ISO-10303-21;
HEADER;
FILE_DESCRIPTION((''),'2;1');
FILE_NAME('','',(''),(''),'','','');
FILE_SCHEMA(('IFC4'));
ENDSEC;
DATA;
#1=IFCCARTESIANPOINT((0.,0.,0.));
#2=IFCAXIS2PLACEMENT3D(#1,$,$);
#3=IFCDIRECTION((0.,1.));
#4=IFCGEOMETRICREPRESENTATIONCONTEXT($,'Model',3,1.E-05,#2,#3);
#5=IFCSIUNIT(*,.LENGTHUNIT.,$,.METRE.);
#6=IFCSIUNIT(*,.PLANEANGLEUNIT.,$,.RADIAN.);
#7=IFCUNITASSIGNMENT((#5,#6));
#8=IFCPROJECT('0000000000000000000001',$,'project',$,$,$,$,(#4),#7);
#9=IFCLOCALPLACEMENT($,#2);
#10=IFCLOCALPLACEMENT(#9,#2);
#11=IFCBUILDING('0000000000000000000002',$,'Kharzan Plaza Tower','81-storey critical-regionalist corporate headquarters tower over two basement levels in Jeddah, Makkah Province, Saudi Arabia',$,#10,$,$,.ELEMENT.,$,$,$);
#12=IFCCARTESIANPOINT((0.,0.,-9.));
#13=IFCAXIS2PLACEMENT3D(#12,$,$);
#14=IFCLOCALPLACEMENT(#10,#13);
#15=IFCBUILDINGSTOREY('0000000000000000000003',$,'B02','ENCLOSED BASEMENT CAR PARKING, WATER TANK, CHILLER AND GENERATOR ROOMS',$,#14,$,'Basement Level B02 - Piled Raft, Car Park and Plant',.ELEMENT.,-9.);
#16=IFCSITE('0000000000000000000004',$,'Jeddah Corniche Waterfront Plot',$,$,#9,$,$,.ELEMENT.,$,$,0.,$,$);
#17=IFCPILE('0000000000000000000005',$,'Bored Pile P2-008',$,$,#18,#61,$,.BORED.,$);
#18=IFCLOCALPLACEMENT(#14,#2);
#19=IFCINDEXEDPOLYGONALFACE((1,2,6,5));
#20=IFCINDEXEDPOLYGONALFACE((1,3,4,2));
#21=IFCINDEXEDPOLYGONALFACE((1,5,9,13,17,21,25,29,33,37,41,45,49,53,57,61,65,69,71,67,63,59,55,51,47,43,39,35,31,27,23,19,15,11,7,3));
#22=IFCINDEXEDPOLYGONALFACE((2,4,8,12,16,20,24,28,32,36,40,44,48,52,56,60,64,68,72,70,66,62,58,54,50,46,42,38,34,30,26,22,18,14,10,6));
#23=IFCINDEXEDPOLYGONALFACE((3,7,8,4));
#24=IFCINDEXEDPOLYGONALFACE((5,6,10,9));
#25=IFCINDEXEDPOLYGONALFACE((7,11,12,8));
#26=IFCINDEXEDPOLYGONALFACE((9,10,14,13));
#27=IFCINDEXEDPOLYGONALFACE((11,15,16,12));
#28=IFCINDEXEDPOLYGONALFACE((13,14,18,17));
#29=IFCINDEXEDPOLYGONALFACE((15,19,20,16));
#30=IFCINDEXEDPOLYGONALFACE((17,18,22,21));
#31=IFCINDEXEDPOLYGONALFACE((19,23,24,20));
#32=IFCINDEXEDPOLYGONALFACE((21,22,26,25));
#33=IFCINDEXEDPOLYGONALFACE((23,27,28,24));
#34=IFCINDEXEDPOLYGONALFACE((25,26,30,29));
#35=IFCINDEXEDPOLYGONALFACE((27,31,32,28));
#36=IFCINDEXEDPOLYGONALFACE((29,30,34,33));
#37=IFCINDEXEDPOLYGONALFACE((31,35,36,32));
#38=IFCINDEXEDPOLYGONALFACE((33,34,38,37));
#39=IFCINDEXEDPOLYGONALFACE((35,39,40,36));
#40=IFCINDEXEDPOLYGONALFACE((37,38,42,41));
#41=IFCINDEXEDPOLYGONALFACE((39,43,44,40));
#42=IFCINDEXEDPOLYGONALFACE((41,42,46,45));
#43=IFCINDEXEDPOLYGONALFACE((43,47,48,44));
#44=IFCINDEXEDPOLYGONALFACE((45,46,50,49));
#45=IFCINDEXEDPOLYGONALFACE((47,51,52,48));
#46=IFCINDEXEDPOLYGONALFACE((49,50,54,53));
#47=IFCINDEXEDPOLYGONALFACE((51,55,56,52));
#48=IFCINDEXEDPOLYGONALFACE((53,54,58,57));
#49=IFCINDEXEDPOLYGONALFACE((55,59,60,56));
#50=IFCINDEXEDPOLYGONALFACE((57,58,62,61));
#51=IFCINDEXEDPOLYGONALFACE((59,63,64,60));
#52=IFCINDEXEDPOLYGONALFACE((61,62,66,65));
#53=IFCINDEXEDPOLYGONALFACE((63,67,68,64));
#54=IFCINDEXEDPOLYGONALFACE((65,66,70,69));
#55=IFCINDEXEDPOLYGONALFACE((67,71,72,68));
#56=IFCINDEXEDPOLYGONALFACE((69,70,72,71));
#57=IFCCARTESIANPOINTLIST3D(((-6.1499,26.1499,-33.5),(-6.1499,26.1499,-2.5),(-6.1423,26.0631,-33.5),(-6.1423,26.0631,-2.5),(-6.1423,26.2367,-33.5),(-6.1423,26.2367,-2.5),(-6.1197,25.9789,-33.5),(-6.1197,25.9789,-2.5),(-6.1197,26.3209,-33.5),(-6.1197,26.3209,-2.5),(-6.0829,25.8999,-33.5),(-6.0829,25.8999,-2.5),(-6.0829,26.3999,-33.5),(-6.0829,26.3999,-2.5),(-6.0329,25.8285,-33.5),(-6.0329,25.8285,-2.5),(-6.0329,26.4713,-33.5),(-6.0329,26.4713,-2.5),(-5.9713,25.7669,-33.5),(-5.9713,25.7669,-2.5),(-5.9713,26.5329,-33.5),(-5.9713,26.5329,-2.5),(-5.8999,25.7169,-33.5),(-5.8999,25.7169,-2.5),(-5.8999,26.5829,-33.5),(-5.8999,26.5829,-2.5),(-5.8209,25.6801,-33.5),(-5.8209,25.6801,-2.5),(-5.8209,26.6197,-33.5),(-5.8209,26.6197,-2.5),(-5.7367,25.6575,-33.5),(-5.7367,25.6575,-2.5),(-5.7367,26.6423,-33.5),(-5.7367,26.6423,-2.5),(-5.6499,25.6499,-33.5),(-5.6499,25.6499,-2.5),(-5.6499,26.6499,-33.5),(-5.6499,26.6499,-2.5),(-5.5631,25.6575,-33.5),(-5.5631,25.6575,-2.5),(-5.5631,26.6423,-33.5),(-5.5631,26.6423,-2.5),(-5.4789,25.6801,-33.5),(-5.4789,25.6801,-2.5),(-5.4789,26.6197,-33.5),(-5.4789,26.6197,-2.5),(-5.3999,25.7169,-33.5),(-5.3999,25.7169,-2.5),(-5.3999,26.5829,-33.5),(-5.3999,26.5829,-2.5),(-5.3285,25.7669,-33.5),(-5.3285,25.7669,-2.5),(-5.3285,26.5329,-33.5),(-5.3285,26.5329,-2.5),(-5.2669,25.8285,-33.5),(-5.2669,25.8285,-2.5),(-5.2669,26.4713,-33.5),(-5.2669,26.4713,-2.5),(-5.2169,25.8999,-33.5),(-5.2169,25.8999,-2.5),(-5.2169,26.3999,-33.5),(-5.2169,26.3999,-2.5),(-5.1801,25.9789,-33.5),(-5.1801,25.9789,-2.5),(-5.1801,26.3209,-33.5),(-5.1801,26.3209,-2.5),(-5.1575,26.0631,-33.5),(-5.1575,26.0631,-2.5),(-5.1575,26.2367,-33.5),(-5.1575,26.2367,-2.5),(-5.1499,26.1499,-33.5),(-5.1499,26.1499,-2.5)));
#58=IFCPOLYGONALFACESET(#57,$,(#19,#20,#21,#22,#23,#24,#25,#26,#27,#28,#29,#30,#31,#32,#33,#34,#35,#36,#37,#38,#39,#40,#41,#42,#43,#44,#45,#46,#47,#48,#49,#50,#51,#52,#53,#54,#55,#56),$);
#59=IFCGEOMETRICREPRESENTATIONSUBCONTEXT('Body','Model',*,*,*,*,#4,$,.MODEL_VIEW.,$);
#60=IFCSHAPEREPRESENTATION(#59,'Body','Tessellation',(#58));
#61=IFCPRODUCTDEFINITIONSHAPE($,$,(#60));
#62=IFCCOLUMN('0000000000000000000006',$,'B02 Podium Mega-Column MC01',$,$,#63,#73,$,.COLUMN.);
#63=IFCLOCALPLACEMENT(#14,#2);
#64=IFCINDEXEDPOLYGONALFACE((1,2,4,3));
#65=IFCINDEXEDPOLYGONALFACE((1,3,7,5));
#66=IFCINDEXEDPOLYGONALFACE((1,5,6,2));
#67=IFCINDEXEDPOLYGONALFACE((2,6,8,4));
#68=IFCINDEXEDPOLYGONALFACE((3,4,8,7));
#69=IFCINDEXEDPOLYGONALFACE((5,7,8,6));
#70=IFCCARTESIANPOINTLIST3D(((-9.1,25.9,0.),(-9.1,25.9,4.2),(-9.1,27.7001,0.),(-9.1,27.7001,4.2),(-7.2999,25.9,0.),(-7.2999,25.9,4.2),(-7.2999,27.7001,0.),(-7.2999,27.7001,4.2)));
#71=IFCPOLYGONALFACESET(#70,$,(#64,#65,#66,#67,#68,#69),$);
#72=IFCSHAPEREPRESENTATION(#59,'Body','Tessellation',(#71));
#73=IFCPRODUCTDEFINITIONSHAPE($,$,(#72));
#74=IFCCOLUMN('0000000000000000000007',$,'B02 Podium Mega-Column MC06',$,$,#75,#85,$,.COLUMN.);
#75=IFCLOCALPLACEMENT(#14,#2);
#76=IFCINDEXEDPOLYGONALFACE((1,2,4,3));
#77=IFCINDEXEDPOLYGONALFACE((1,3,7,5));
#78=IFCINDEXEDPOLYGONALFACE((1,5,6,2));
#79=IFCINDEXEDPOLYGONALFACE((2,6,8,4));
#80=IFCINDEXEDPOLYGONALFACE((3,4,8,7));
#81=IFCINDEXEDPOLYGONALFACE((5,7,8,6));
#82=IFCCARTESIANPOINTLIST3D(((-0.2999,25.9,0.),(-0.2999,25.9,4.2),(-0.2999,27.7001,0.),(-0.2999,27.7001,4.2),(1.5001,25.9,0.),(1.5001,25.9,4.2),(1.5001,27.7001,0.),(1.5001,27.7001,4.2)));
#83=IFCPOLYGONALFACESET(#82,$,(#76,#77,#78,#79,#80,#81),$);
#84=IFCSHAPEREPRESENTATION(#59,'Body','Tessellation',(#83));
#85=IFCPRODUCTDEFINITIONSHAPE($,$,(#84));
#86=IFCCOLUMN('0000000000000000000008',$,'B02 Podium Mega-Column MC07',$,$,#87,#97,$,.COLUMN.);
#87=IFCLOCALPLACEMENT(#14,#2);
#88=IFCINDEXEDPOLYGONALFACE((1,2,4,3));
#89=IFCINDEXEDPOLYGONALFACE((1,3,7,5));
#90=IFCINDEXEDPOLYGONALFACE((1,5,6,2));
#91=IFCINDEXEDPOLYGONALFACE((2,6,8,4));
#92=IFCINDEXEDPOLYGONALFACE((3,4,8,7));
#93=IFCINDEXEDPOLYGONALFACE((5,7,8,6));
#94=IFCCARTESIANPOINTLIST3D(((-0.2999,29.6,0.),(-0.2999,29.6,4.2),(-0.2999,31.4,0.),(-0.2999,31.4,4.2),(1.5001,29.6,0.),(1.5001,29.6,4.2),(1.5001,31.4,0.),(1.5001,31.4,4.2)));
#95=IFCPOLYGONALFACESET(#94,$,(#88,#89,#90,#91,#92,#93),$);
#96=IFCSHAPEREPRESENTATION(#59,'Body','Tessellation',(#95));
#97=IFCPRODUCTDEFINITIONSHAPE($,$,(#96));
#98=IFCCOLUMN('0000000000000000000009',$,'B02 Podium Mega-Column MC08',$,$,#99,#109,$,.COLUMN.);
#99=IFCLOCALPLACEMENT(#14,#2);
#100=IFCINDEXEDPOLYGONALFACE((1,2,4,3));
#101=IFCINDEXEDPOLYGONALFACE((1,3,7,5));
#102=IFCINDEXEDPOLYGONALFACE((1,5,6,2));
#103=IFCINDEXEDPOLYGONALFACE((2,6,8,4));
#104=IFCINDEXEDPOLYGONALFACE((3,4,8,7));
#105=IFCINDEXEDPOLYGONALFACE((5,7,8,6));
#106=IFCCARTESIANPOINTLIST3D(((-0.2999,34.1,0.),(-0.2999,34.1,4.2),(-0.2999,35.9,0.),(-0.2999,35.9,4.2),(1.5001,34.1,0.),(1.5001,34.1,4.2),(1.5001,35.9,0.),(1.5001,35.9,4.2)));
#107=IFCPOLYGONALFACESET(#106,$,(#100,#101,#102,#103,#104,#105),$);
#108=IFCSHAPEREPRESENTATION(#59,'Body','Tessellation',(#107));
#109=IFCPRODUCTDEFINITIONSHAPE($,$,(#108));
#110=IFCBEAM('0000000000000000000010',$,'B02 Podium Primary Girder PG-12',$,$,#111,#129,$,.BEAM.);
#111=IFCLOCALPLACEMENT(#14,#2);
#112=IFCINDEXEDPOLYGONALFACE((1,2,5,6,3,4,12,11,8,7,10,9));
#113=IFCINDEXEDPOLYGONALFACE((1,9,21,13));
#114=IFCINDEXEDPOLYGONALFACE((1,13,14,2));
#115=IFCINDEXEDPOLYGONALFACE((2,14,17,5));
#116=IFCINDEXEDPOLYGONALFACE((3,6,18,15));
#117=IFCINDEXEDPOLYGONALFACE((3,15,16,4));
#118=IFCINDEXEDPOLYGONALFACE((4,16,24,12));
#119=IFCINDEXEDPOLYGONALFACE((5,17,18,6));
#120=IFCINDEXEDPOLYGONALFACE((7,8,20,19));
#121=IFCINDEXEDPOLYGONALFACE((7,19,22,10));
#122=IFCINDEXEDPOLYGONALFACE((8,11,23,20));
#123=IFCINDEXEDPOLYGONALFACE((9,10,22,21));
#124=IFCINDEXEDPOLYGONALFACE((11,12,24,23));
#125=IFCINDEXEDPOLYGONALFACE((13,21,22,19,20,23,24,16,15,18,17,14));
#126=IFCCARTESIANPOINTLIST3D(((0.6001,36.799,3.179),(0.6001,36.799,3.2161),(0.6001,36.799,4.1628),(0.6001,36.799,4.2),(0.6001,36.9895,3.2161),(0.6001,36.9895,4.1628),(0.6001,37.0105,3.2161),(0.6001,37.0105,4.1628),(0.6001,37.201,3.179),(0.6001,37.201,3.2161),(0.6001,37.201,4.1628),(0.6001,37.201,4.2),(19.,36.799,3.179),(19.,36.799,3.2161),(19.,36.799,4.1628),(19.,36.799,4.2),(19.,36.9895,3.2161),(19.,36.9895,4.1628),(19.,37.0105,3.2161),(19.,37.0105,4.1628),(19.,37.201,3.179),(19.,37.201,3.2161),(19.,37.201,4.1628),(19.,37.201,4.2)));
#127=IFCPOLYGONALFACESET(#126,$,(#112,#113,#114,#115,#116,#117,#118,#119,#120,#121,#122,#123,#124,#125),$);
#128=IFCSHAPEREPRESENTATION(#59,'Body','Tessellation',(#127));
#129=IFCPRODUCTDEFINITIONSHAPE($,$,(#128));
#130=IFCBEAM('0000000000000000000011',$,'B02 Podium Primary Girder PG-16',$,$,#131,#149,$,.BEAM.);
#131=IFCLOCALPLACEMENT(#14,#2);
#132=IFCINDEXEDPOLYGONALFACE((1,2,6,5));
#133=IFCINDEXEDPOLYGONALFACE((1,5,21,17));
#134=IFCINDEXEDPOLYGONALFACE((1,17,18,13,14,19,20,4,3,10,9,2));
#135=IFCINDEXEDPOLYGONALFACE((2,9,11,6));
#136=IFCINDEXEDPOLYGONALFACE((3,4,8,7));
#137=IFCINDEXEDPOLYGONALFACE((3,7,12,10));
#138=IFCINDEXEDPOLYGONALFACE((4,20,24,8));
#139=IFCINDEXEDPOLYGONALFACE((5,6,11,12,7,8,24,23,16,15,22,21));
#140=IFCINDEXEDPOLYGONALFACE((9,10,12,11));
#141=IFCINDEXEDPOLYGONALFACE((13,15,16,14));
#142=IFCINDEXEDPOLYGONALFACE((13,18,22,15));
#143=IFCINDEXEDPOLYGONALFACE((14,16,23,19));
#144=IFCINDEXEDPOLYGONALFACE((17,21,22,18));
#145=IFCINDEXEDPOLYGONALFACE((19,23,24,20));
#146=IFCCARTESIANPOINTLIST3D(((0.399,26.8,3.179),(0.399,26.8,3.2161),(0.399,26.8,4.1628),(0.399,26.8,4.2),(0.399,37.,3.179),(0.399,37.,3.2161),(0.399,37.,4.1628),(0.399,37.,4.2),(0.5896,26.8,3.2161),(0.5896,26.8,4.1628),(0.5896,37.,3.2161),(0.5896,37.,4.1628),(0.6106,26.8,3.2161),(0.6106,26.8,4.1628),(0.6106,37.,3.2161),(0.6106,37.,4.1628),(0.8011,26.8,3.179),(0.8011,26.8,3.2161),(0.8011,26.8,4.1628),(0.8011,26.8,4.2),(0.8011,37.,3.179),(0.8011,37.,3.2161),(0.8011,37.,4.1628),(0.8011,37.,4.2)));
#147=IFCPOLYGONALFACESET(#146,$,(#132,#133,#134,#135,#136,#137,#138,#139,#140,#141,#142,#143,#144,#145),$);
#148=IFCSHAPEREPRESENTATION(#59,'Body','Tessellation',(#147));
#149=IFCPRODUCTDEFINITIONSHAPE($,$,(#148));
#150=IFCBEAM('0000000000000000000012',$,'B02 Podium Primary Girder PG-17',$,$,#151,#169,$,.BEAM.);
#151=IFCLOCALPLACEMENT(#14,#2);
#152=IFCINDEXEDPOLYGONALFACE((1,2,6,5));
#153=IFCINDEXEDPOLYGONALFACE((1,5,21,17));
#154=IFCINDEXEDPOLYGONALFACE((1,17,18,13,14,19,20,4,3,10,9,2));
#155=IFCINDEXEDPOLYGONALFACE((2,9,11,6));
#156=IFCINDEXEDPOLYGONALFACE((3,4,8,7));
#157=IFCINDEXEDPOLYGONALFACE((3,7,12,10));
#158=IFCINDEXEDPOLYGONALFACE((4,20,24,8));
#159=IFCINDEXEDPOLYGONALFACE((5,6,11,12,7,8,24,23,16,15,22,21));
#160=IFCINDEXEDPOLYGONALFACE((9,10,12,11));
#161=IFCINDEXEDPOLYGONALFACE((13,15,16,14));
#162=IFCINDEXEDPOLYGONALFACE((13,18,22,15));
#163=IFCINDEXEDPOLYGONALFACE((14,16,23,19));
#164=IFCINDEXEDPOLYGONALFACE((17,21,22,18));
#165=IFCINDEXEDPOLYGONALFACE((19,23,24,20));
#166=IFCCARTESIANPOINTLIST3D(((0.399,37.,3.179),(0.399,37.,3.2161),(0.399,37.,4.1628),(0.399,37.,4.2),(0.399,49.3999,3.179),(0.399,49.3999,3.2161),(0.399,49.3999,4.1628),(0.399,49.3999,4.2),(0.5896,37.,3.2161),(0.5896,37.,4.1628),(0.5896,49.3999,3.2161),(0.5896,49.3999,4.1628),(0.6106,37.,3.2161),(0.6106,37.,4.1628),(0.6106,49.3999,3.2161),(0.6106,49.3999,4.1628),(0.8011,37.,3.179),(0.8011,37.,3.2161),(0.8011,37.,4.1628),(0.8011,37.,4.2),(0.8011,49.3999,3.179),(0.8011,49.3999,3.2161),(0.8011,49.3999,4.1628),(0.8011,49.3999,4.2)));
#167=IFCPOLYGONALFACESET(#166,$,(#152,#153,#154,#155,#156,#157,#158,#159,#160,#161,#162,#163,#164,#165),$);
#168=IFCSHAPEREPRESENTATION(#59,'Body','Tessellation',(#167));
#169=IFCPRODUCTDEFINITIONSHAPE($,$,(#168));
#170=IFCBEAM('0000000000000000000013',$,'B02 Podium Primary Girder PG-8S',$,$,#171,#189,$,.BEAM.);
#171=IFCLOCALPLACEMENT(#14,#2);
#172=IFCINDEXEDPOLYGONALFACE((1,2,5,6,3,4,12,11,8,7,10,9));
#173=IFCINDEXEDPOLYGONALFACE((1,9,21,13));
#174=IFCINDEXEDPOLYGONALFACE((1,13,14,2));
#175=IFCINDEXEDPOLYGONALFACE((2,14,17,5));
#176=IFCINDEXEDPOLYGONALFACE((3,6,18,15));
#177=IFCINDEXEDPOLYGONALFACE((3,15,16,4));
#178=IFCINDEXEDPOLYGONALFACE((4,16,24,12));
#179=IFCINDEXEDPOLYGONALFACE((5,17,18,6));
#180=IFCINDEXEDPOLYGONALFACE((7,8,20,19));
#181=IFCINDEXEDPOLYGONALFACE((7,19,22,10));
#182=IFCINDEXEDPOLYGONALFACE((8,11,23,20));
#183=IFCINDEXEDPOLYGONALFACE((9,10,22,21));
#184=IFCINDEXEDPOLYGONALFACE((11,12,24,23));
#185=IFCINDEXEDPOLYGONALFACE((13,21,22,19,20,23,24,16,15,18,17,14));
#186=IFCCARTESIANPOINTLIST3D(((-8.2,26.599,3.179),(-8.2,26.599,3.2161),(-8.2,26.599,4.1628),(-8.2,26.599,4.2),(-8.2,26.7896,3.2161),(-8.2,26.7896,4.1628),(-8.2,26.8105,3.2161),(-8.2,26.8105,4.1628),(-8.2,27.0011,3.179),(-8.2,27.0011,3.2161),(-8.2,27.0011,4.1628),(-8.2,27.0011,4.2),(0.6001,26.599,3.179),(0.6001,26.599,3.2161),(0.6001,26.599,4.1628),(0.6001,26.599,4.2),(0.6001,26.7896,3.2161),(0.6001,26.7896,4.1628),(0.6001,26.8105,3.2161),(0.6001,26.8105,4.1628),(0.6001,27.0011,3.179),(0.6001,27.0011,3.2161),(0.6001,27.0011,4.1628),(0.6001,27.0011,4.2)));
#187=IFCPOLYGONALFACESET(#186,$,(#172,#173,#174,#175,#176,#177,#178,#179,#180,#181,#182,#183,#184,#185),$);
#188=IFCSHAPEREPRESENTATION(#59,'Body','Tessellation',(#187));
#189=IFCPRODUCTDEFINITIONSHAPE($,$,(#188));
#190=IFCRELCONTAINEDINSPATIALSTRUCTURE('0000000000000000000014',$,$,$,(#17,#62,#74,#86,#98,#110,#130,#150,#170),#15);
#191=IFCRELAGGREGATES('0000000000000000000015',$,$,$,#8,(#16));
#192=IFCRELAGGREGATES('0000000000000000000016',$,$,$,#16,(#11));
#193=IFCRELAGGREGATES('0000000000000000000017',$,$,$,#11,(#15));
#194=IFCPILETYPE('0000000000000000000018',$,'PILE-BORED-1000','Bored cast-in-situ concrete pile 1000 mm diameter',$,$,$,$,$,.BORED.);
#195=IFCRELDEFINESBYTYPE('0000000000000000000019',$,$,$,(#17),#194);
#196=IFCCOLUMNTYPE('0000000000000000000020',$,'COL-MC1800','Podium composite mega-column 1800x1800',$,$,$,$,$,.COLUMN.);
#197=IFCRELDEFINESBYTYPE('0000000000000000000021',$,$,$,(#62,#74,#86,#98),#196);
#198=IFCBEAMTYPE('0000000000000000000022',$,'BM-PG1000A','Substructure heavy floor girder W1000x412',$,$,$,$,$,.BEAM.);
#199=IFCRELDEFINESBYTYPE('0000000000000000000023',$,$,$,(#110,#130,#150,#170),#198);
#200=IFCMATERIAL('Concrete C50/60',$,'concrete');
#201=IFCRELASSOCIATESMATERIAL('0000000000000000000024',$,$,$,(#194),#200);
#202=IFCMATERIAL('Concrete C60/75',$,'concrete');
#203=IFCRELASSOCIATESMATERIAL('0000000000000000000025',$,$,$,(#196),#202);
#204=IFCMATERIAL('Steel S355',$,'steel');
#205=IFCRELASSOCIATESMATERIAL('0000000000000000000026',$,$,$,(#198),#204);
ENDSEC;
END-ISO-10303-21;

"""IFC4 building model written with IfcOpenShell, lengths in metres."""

from ifc_helpers import new_model, si_unit, direction, frame, origin, origin_2d, place, context, subcontext, project, spatial, rectangle, circle, i_section, extrude, source, transform, mapped, material, material_profile, profile_set, type_object, element, save


model = new_model("IFC4")

# Units and contexts
model_context = context("Model", 3, precision=1e-05, world=origin(), true_north=direction((0.0, 1.0)))
body_context = subcontext(model_context, "Body", "Model", "MODEL_VIEW")
ifc_project = project(units=[si_unit("LENGTHUNIT", "METRE"), si_unit("PLANEANGLEUNIT", "RADIAN")], contexts=[model_context])

# Site, building, storey
site_placement = place(None, origin())
site = spatial("IfcSite", under=ifc_project, at=site_placement, Name="Jeddah Corniche Waterfront Plot", CompositionType="ELEMENT", RefElevation=0.0)
building_placement = place(site_placement, origin())
building = spatial("IfcBuilding", under=site, at=building_placement, Name="Kharzan Plaza Tower", Description="81-storey critical-regionalist corporate headquarters tower over two basement levels in Jeddah, Makkah Province, Saudi Arabia", CompositionType="ELEMENT")
storey_placement = place(building_placement, frame((0.0, 0.0, -9.0)))
storey = spatial("IfcBuildingStorey", under=building, at=storey_placement, Name="B02", Description="ENCLOSED BASEMENT CAR PARKING, WATER TANK, CHILLER AND GENERATOR ROOMS", LongName="Basement Level B02 - Piled Raft, Car Park and Plant", CompositionType="ELEMENT", Elevation=-9.0)

# Shared definitions
ifc_material_1 = material(Name="Concrete C50/60", Category="concrete")

# Pile
ifc_material_profile_1 = material_profile(ifc_material_1, circle(Radius=0.5, at=origin_2d()), Name="PILE-D1000")
ifc_profile_set_1 = profile_set([ifc_material_profile_1], Name="Concrete C50/60")
pile_type_1 = type_object("IfcPileType", Name="PILE-BORED-1000", Description="Bored cast-in-situ concrete pile 1000 mm diameter", PredefinedType="BORED", material=ifc_profile_set_1)
shared_shape_1 = source(origin(), body_context, "Body", "SweptSolid", [
    extrude(circle(Radius=0.5, at=origin_2d()), origin(), (0.0, 0.0, 1.0), 31.0),
])
for number, where, z_axis, x_axis, name in (
    (1, (-5.6499, 26.1499, -2.5), (0.0, 0.0, -1.0), (1.0, 0.0, 0.0), "Bored Pile P2-008"),
):
    element("IfcPile", number, at=place(storey_placement, frame(where, z_axis=z_axis, x_axis=x_axis)), inside=storey, type_object=pile_type_1, Name=name, PredefinedType="BORED", context=body_context, shape_type="MappedRepresentation", body=[
        mapped(shared_shape_1, transform((0.0, 0.0, 0.0), x_axis=(1.0, 0.0, 0.0), y_axis=(0.0, 1.0, 0.0), z_axis=(0.0, 0.0, 1.0))),
    ])

# Columns
ifc_material_2 = material(Name="Concrete C60/75", Category="concrete")
ifc_material_profile_2 = material_profile(ifc_material_2, rectangle(XDim=1.8, YDim=1.8, at=origin_2d()), Name="RC-MC1800x1800")
ifc_profile_set_2 = profile_set([ifc_material_profile_2], Name="Concrete C60/75")
column_type = type_object("IfcColumnType", Name="COL-MC1800", Description="Podium composite mega-column 1800x1800", PredefinedType="COLUMN", material=ifc_profile_set_2)
shared_shape_2 = source(origin(), body_context, "Body", "SweptSolid", [
    extrude(rectangle(XDim=1.8, YDim=1.8, at=origin_2d()), origin(), (0.0, 0.0, 1.0), 4.2),
])
for number, where, z_axis, x_axis, name in (
    (2, (-8.2, 26.8, 0.0), (0.0, 0.0, 1.0), (1.0, 0.0, 0.0), "B02 Podium Mega-Column MC01"),
    (3, (0.6001, 26.8, 0.0), (0.0, 0.0, 1.0), (1.0, 0.0, 0.0), "B02 Podium Mega-Column MC06"),
    (4, (0.6001, 30.5, 0.0), (0.0, 0.0, 1.0), (1.0, 0.0, 0.0), "B02 Podium Mega-Column MC07"),
    (5, (0.6001, 35.0, 0.0), (0.0, 0.0, 1.0), (1.0, 0.0, 0.0), "B02 Podium Mega-Column MC08"),
):
    element("IfcColumn", number, at=place(storey_placement, frame(where, z_axis=z_axis, x_axis=x_axis)), inside=storey, type_object=column_type, Name=name, PredefinedType="COLUMN", context=body_context, shape_type="MappedRepresentation", body=[
        mapped(shared_shape_2, transform((0.0, 0.0, 0.0), x_axis=(1.0, 0.0, 0.0), y_axis=(0.0, 1.0, 0.0), z_axis=(0.0, 0.0, 1.0))),
    ])

# Beams
ifc_material_3 = material(Name="Steel S355", Category="steel")
ifc_material_profile_3 = material_profile(ifc_material_3, i_section(OverallWidth=0.4021, OverallDepth=1.021, WebThickness=0.021, FlangeThickness=0.0371, at=origin_2d()), Name="W1000x412")
ifc_profile_set_3 = profile_set([ifc_material_profile_3], Name="Steel S355")
beam_type = type_object("IfcBeamType", Name="BM-PG1000A", Description="Substructure heavy floor girder W1000x412", PredefinedType="BEAM", material=ifc_profile_set_3)
shared_shape_3 = source(origin(), body_context, "Body", "SweptSolid", [
    extrude(i_section(OverallWidth=0.4021, OverallDepth=1.021, WebThickness=0.021, FlangeThickness=0.0371, at=origin_2d()), origin(), (0.0, 0.0, 1.0), 18.3999),
])
beam_1_placement = place(storey_placement, frame((0.6001, 37.0, 3.6895), z_axis=(1.0, 0.0, 0.0), x_axis=(0.0, 1.0, 0.0)))
element("IfcBeam", 6, at=beam_1_placement, inside=storey, type_object=beam_type, Name="B02 Podium Primary Girder PG-12", PredefinedType="BEAM", context=body_context, shape_type="MappedRepresentation", body=[
    mapped(shared_shape_3, transform((0.0, 0.0, 0.0), x_axis=(1.0, 0.0, 0.0), y_axis=(0.0, 1.0, 0.0), z_axis=(0.0, 0.0, 1.0))),
])
shared_shape_4 = source(origin(), body_context, "Body", "SweptSolid", [
    extrude(i_section(OverallWidth=0.4021, OverallDepth=1.021, WebThickness=0.021, FlangeThickness=0.0371, at=origin_2d()), origin(), (0.0, 0.0, 1.0), 10.2),
])
beam_2_placement = place(storey_placement, frame((0.6001, 26.8, 3.6895), z_axis=(0.0, 1.0, 0.0), x_axis=(-1.0, 0.0, 0.0)))
element("IfcBeam", 7, at=beam_2_placement, inside=storey, type_object=beam_type, Name="B02 Podium Primary Girder PG-16", PredefinedType="BEAM", context=body_context, shape_type="MappedRepresentation", body=[
    mapped(shared_shape_4, transform((0.0, 0.0, 0.0), x_axis=(1.0, 0.0, 0.0), y_axis=(0.0, 1.0, 0.0), z_axis=(0.0, 0.0, 1.0))),
])
shared_shape_5 = source(origin(), body_context, "Body", "SweptSolid", [
    extrude(i_section(OverallWidth=0.4021, OverallDepth=1.021, WebThickness=0.021, FlangeThickness=0.0371, at=origin_2d()), origin(), (0.0, 0.0, 1.0), 12.3999),
])
beam_3_placement = place(storey_placement, frame((0.6001, 37.0, 3.6895), z_axis=(0.0, 1.0, 0.0), x_axis=(-1.0, 0.0, 0.0)))
element("IfcBeam", 8, at=beam_3_placement, inside=storey, type_object=beam_type, Name="B02 Podium Primary Girder PG-17", PredefinedType="BEAM", context=body_context, shape_type="MappedRepresentation", body=[
    mapped(shared_shape_5, transform((0.0, 0.0, 0.0), x_axis=(1.0, 0.0, 0.0), y_axis=(0.0, 1.0, 0.0), z_axis=(0.0, 0.0, 1.0))),
])
shared_shape_6 = source(origin(), body_context, "Body", "SweptSolid", [
    extrude(i_section(OverallWidth=0.4021, OverallDepth=1.021, WebThickness=0.021, FlangeThickness=0.0371, at=origin_2d()), origin(), (0.0, 0.0, 1.0), 8.8),
])
beam_4_placement = place(storey_placement, frame((-8.2, 26.8, 3.6895), z_axis=(1.0, 0.0, 0.0), x_axis=(0.0, 1.0, 0.0)))
element("IfcBeam", 9, at=beam_4_placement, inside=storey, type_object=beam_type, Name="B02 Podium Primary Girder PG-8S", PredefinedType="BEAM", context=body_context, shape_type="MappedRepresentation", body=[
    mapped(shared_shape_6, transform((0.0, 0.0, 0.0), x_axis=(1.0, 0.0, 0.0), y_axis=(0.0, 1.0, 0.0), z_axis=(0.0, 0.0, 1.0))),
])

save(model, "model.ifc")
